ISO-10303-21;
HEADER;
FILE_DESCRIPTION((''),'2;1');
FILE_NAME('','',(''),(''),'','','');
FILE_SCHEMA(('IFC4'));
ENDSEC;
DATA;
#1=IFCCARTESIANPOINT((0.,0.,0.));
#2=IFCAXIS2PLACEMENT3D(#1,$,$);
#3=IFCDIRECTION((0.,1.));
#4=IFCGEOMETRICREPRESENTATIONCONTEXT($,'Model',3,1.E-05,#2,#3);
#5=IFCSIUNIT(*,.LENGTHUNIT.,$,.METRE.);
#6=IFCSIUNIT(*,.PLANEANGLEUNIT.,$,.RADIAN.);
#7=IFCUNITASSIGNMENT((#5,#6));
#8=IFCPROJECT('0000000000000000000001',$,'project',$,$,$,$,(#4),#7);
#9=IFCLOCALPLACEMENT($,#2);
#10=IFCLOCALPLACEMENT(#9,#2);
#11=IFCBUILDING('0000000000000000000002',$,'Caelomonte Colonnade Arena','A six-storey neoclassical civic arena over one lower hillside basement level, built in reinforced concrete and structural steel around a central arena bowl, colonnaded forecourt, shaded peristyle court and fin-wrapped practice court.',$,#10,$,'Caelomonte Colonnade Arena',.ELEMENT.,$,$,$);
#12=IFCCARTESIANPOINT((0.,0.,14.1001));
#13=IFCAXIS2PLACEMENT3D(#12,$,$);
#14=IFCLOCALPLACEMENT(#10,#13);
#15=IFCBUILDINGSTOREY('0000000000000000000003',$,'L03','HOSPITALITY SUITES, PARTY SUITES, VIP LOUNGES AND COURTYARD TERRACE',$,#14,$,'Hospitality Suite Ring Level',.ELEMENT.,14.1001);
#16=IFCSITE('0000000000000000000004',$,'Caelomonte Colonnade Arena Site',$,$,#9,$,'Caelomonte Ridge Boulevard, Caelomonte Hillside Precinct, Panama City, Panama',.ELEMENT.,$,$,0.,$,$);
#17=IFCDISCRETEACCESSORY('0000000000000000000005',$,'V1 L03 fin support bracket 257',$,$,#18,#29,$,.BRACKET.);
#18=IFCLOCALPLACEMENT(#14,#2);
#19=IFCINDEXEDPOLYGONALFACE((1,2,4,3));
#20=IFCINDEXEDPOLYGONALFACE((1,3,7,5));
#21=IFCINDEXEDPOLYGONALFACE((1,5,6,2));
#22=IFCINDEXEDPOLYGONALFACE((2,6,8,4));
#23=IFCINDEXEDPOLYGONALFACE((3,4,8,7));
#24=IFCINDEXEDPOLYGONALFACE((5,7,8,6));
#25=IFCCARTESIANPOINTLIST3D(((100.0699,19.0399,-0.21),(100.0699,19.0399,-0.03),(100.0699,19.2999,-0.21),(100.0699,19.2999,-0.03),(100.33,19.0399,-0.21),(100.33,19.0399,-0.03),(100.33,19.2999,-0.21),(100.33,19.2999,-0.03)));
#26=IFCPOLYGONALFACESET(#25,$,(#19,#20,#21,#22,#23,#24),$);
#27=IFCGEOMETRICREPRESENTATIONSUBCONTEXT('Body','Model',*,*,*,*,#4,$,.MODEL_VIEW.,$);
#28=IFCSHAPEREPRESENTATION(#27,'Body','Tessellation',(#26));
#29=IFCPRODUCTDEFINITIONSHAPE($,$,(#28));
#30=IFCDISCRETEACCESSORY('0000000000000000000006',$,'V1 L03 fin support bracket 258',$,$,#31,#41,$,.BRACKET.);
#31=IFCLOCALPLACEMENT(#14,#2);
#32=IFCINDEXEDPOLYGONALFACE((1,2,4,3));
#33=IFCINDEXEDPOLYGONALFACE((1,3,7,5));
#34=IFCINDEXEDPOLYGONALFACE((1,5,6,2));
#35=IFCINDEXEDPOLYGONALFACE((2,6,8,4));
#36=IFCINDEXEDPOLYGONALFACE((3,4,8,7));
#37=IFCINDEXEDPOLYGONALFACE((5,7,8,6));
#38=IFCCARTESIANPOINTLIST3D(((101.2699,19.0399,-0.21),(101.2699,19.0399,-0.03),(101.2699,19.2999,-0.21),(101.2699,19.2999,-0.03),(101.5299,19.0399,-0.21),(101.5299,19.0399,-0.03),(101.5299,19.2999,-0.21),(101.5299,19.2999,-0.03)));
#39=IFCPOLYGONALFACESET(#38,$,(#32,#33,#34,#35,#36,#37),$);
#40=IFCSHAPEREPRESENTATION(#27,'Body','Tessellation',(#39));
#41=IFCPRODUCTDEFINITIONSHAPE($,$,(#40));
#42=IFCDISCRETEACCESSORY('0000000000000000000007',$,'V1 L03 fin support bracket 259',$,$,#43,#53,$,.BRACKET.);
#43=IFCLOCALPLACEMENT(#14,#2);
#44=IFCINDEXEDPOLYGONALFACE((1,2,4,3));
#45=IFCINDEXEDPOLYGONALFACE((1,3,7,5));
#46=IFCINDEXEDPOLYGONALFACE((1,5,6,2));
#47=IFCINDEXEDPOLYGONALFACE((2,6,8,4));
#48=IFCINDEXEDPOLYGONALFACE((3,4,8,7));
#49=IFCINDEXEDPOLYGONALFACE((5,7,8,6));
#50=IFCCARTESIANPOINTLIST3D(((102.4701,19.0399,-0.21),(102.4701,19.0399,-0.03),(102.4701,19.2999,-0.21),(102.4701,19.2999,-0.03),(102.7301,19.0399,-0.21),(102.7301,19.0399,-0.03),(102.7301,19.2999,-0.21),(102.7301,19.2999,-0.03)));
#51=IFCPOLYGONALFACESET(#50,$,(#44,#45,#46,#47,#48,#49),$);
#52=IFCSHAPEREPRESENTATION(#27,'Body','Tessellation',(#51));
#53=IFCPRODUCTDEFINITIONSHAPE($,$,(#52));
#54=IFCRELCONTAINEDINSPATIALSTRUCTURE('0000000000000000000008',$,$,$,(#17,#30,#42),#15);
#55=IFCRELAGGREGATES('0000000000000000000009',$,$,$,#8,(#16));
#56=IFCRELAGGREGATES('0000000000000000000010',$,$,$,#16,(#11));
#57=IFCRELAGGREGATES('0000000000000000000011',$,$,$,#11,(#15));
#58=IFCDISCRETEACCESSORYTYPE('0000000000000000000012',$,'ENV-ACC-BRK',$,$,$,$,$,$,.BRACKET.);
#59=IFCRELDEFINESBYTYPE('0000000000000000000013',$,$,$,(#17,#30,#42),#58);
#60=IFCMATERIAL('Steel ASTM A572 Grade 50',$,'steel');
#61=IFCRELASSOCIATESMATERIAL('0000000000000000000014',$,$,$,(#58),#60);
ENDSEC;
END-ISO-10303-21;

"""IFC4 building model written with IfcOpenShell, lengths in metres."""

from ifc_helpers import new_model, si_unit, direction, frame, origin, origin_2d, place, context, subcontext, project, spatial, rectangle, extrude, material, type_object, element, save


model = new_model("IFC4")

# Units and contexts
model_context = context("Model", 3, precision=1e-05, world=origin(), true_north=direction((0.0, 1.0)))
body_context = subcontext(model_context, "Body", "Model", "MODEL_VIEW")
ifc_project = project(units=[si_unit("LENGTHUNIT", "METRE"), si_unit("PLANEANGLEUNIT", "RADIAN")], contexts=[model_context])

# Site, building, storey
site_placement = place(None, origin())
site = spatial("IfcSite", under=ifc_project, at=site_placement, Name="Caelomonte Colonnade Arena Site", LongName="Caelomonte Ridge Boulevard, Caelomonte Hillside Precinct, Panama City, Panama", CompositionType="ELEMENT", RefElevation=0.0)
building_placement = place(site_placement, origin())
building = spatial("IfcBuilding", under=site, at=building_placement, Name="Caelomonte Colonnade Arena", Description="A six-storey neoclassical civic arena over one lower hillside basement level, built in reinforced concrete and structural steel around a central arena bowl, colonnaded forecourt, shaded peristyle court and fin-wrapped practice court.", LongName="Caelomonte Colonnade Arena", CompositionType="ELEMENT")
storey_placement = place(building_placement, frame((0.0, 0.0, 14.1001)))
storey = spatial("IfcBuildingStorey", under=building, at=storey_placement, Name="L03", Description="HOSPITALITY SUITES, PARTY SUITES, VIP LOUNGES AND COURTYARD TERRACE", LongName="Hospitality Suite Ring Level", CompositionType="ELEMENT", Elevation=14.1001)

# Discrete accessories
ifc_material_1 = material(Name="Steel ASTM A572 Grade 50", Category="steel")
discrete_accessory_type = type_object("IfcDiscreteAccessoryType", Name="ENV-ACC-BRK", PredefinedType="BRACKET", material=ifc_material_1)
for number, where, z_axis, x_axis, name in (
    (1, (100.2, 19.1699, -0.21), (0.0, 0.0, 1.0), (1.0, 0.0, 0.0), "V1 L03 fin support bracket 257"),
    (2, (101.3999, 19.1699, -0.21), (0.0, 0.0, 1.0), (1.0, 0.0, 0.0), "V1 L03 fin support bracket 258"),
    (3, (102.6001, 19.1699, -0.21), (0.0, 0.0, 1.0), (1.0, 0.0, 0.0), "V1 L03 fin support bracket 259"),
):
    element("IfcDiscreteAccessory", number, at=place(storey_placement, frame(where, z_axis=z_axis, x_axis=x_axis)), inside=storey, type_object=discrete_accessory_type, Name=name, PredefinedType="BRACKET", context=body_context, shape_type="SweptSolid", body=[
        extrude(rectangle(XDim=0.26, YDim=0.26, at=origin_2d()), origin(), (0.0, 0.0, 1.0), 0.1799),
    ])

save(model, "model.ifc")
